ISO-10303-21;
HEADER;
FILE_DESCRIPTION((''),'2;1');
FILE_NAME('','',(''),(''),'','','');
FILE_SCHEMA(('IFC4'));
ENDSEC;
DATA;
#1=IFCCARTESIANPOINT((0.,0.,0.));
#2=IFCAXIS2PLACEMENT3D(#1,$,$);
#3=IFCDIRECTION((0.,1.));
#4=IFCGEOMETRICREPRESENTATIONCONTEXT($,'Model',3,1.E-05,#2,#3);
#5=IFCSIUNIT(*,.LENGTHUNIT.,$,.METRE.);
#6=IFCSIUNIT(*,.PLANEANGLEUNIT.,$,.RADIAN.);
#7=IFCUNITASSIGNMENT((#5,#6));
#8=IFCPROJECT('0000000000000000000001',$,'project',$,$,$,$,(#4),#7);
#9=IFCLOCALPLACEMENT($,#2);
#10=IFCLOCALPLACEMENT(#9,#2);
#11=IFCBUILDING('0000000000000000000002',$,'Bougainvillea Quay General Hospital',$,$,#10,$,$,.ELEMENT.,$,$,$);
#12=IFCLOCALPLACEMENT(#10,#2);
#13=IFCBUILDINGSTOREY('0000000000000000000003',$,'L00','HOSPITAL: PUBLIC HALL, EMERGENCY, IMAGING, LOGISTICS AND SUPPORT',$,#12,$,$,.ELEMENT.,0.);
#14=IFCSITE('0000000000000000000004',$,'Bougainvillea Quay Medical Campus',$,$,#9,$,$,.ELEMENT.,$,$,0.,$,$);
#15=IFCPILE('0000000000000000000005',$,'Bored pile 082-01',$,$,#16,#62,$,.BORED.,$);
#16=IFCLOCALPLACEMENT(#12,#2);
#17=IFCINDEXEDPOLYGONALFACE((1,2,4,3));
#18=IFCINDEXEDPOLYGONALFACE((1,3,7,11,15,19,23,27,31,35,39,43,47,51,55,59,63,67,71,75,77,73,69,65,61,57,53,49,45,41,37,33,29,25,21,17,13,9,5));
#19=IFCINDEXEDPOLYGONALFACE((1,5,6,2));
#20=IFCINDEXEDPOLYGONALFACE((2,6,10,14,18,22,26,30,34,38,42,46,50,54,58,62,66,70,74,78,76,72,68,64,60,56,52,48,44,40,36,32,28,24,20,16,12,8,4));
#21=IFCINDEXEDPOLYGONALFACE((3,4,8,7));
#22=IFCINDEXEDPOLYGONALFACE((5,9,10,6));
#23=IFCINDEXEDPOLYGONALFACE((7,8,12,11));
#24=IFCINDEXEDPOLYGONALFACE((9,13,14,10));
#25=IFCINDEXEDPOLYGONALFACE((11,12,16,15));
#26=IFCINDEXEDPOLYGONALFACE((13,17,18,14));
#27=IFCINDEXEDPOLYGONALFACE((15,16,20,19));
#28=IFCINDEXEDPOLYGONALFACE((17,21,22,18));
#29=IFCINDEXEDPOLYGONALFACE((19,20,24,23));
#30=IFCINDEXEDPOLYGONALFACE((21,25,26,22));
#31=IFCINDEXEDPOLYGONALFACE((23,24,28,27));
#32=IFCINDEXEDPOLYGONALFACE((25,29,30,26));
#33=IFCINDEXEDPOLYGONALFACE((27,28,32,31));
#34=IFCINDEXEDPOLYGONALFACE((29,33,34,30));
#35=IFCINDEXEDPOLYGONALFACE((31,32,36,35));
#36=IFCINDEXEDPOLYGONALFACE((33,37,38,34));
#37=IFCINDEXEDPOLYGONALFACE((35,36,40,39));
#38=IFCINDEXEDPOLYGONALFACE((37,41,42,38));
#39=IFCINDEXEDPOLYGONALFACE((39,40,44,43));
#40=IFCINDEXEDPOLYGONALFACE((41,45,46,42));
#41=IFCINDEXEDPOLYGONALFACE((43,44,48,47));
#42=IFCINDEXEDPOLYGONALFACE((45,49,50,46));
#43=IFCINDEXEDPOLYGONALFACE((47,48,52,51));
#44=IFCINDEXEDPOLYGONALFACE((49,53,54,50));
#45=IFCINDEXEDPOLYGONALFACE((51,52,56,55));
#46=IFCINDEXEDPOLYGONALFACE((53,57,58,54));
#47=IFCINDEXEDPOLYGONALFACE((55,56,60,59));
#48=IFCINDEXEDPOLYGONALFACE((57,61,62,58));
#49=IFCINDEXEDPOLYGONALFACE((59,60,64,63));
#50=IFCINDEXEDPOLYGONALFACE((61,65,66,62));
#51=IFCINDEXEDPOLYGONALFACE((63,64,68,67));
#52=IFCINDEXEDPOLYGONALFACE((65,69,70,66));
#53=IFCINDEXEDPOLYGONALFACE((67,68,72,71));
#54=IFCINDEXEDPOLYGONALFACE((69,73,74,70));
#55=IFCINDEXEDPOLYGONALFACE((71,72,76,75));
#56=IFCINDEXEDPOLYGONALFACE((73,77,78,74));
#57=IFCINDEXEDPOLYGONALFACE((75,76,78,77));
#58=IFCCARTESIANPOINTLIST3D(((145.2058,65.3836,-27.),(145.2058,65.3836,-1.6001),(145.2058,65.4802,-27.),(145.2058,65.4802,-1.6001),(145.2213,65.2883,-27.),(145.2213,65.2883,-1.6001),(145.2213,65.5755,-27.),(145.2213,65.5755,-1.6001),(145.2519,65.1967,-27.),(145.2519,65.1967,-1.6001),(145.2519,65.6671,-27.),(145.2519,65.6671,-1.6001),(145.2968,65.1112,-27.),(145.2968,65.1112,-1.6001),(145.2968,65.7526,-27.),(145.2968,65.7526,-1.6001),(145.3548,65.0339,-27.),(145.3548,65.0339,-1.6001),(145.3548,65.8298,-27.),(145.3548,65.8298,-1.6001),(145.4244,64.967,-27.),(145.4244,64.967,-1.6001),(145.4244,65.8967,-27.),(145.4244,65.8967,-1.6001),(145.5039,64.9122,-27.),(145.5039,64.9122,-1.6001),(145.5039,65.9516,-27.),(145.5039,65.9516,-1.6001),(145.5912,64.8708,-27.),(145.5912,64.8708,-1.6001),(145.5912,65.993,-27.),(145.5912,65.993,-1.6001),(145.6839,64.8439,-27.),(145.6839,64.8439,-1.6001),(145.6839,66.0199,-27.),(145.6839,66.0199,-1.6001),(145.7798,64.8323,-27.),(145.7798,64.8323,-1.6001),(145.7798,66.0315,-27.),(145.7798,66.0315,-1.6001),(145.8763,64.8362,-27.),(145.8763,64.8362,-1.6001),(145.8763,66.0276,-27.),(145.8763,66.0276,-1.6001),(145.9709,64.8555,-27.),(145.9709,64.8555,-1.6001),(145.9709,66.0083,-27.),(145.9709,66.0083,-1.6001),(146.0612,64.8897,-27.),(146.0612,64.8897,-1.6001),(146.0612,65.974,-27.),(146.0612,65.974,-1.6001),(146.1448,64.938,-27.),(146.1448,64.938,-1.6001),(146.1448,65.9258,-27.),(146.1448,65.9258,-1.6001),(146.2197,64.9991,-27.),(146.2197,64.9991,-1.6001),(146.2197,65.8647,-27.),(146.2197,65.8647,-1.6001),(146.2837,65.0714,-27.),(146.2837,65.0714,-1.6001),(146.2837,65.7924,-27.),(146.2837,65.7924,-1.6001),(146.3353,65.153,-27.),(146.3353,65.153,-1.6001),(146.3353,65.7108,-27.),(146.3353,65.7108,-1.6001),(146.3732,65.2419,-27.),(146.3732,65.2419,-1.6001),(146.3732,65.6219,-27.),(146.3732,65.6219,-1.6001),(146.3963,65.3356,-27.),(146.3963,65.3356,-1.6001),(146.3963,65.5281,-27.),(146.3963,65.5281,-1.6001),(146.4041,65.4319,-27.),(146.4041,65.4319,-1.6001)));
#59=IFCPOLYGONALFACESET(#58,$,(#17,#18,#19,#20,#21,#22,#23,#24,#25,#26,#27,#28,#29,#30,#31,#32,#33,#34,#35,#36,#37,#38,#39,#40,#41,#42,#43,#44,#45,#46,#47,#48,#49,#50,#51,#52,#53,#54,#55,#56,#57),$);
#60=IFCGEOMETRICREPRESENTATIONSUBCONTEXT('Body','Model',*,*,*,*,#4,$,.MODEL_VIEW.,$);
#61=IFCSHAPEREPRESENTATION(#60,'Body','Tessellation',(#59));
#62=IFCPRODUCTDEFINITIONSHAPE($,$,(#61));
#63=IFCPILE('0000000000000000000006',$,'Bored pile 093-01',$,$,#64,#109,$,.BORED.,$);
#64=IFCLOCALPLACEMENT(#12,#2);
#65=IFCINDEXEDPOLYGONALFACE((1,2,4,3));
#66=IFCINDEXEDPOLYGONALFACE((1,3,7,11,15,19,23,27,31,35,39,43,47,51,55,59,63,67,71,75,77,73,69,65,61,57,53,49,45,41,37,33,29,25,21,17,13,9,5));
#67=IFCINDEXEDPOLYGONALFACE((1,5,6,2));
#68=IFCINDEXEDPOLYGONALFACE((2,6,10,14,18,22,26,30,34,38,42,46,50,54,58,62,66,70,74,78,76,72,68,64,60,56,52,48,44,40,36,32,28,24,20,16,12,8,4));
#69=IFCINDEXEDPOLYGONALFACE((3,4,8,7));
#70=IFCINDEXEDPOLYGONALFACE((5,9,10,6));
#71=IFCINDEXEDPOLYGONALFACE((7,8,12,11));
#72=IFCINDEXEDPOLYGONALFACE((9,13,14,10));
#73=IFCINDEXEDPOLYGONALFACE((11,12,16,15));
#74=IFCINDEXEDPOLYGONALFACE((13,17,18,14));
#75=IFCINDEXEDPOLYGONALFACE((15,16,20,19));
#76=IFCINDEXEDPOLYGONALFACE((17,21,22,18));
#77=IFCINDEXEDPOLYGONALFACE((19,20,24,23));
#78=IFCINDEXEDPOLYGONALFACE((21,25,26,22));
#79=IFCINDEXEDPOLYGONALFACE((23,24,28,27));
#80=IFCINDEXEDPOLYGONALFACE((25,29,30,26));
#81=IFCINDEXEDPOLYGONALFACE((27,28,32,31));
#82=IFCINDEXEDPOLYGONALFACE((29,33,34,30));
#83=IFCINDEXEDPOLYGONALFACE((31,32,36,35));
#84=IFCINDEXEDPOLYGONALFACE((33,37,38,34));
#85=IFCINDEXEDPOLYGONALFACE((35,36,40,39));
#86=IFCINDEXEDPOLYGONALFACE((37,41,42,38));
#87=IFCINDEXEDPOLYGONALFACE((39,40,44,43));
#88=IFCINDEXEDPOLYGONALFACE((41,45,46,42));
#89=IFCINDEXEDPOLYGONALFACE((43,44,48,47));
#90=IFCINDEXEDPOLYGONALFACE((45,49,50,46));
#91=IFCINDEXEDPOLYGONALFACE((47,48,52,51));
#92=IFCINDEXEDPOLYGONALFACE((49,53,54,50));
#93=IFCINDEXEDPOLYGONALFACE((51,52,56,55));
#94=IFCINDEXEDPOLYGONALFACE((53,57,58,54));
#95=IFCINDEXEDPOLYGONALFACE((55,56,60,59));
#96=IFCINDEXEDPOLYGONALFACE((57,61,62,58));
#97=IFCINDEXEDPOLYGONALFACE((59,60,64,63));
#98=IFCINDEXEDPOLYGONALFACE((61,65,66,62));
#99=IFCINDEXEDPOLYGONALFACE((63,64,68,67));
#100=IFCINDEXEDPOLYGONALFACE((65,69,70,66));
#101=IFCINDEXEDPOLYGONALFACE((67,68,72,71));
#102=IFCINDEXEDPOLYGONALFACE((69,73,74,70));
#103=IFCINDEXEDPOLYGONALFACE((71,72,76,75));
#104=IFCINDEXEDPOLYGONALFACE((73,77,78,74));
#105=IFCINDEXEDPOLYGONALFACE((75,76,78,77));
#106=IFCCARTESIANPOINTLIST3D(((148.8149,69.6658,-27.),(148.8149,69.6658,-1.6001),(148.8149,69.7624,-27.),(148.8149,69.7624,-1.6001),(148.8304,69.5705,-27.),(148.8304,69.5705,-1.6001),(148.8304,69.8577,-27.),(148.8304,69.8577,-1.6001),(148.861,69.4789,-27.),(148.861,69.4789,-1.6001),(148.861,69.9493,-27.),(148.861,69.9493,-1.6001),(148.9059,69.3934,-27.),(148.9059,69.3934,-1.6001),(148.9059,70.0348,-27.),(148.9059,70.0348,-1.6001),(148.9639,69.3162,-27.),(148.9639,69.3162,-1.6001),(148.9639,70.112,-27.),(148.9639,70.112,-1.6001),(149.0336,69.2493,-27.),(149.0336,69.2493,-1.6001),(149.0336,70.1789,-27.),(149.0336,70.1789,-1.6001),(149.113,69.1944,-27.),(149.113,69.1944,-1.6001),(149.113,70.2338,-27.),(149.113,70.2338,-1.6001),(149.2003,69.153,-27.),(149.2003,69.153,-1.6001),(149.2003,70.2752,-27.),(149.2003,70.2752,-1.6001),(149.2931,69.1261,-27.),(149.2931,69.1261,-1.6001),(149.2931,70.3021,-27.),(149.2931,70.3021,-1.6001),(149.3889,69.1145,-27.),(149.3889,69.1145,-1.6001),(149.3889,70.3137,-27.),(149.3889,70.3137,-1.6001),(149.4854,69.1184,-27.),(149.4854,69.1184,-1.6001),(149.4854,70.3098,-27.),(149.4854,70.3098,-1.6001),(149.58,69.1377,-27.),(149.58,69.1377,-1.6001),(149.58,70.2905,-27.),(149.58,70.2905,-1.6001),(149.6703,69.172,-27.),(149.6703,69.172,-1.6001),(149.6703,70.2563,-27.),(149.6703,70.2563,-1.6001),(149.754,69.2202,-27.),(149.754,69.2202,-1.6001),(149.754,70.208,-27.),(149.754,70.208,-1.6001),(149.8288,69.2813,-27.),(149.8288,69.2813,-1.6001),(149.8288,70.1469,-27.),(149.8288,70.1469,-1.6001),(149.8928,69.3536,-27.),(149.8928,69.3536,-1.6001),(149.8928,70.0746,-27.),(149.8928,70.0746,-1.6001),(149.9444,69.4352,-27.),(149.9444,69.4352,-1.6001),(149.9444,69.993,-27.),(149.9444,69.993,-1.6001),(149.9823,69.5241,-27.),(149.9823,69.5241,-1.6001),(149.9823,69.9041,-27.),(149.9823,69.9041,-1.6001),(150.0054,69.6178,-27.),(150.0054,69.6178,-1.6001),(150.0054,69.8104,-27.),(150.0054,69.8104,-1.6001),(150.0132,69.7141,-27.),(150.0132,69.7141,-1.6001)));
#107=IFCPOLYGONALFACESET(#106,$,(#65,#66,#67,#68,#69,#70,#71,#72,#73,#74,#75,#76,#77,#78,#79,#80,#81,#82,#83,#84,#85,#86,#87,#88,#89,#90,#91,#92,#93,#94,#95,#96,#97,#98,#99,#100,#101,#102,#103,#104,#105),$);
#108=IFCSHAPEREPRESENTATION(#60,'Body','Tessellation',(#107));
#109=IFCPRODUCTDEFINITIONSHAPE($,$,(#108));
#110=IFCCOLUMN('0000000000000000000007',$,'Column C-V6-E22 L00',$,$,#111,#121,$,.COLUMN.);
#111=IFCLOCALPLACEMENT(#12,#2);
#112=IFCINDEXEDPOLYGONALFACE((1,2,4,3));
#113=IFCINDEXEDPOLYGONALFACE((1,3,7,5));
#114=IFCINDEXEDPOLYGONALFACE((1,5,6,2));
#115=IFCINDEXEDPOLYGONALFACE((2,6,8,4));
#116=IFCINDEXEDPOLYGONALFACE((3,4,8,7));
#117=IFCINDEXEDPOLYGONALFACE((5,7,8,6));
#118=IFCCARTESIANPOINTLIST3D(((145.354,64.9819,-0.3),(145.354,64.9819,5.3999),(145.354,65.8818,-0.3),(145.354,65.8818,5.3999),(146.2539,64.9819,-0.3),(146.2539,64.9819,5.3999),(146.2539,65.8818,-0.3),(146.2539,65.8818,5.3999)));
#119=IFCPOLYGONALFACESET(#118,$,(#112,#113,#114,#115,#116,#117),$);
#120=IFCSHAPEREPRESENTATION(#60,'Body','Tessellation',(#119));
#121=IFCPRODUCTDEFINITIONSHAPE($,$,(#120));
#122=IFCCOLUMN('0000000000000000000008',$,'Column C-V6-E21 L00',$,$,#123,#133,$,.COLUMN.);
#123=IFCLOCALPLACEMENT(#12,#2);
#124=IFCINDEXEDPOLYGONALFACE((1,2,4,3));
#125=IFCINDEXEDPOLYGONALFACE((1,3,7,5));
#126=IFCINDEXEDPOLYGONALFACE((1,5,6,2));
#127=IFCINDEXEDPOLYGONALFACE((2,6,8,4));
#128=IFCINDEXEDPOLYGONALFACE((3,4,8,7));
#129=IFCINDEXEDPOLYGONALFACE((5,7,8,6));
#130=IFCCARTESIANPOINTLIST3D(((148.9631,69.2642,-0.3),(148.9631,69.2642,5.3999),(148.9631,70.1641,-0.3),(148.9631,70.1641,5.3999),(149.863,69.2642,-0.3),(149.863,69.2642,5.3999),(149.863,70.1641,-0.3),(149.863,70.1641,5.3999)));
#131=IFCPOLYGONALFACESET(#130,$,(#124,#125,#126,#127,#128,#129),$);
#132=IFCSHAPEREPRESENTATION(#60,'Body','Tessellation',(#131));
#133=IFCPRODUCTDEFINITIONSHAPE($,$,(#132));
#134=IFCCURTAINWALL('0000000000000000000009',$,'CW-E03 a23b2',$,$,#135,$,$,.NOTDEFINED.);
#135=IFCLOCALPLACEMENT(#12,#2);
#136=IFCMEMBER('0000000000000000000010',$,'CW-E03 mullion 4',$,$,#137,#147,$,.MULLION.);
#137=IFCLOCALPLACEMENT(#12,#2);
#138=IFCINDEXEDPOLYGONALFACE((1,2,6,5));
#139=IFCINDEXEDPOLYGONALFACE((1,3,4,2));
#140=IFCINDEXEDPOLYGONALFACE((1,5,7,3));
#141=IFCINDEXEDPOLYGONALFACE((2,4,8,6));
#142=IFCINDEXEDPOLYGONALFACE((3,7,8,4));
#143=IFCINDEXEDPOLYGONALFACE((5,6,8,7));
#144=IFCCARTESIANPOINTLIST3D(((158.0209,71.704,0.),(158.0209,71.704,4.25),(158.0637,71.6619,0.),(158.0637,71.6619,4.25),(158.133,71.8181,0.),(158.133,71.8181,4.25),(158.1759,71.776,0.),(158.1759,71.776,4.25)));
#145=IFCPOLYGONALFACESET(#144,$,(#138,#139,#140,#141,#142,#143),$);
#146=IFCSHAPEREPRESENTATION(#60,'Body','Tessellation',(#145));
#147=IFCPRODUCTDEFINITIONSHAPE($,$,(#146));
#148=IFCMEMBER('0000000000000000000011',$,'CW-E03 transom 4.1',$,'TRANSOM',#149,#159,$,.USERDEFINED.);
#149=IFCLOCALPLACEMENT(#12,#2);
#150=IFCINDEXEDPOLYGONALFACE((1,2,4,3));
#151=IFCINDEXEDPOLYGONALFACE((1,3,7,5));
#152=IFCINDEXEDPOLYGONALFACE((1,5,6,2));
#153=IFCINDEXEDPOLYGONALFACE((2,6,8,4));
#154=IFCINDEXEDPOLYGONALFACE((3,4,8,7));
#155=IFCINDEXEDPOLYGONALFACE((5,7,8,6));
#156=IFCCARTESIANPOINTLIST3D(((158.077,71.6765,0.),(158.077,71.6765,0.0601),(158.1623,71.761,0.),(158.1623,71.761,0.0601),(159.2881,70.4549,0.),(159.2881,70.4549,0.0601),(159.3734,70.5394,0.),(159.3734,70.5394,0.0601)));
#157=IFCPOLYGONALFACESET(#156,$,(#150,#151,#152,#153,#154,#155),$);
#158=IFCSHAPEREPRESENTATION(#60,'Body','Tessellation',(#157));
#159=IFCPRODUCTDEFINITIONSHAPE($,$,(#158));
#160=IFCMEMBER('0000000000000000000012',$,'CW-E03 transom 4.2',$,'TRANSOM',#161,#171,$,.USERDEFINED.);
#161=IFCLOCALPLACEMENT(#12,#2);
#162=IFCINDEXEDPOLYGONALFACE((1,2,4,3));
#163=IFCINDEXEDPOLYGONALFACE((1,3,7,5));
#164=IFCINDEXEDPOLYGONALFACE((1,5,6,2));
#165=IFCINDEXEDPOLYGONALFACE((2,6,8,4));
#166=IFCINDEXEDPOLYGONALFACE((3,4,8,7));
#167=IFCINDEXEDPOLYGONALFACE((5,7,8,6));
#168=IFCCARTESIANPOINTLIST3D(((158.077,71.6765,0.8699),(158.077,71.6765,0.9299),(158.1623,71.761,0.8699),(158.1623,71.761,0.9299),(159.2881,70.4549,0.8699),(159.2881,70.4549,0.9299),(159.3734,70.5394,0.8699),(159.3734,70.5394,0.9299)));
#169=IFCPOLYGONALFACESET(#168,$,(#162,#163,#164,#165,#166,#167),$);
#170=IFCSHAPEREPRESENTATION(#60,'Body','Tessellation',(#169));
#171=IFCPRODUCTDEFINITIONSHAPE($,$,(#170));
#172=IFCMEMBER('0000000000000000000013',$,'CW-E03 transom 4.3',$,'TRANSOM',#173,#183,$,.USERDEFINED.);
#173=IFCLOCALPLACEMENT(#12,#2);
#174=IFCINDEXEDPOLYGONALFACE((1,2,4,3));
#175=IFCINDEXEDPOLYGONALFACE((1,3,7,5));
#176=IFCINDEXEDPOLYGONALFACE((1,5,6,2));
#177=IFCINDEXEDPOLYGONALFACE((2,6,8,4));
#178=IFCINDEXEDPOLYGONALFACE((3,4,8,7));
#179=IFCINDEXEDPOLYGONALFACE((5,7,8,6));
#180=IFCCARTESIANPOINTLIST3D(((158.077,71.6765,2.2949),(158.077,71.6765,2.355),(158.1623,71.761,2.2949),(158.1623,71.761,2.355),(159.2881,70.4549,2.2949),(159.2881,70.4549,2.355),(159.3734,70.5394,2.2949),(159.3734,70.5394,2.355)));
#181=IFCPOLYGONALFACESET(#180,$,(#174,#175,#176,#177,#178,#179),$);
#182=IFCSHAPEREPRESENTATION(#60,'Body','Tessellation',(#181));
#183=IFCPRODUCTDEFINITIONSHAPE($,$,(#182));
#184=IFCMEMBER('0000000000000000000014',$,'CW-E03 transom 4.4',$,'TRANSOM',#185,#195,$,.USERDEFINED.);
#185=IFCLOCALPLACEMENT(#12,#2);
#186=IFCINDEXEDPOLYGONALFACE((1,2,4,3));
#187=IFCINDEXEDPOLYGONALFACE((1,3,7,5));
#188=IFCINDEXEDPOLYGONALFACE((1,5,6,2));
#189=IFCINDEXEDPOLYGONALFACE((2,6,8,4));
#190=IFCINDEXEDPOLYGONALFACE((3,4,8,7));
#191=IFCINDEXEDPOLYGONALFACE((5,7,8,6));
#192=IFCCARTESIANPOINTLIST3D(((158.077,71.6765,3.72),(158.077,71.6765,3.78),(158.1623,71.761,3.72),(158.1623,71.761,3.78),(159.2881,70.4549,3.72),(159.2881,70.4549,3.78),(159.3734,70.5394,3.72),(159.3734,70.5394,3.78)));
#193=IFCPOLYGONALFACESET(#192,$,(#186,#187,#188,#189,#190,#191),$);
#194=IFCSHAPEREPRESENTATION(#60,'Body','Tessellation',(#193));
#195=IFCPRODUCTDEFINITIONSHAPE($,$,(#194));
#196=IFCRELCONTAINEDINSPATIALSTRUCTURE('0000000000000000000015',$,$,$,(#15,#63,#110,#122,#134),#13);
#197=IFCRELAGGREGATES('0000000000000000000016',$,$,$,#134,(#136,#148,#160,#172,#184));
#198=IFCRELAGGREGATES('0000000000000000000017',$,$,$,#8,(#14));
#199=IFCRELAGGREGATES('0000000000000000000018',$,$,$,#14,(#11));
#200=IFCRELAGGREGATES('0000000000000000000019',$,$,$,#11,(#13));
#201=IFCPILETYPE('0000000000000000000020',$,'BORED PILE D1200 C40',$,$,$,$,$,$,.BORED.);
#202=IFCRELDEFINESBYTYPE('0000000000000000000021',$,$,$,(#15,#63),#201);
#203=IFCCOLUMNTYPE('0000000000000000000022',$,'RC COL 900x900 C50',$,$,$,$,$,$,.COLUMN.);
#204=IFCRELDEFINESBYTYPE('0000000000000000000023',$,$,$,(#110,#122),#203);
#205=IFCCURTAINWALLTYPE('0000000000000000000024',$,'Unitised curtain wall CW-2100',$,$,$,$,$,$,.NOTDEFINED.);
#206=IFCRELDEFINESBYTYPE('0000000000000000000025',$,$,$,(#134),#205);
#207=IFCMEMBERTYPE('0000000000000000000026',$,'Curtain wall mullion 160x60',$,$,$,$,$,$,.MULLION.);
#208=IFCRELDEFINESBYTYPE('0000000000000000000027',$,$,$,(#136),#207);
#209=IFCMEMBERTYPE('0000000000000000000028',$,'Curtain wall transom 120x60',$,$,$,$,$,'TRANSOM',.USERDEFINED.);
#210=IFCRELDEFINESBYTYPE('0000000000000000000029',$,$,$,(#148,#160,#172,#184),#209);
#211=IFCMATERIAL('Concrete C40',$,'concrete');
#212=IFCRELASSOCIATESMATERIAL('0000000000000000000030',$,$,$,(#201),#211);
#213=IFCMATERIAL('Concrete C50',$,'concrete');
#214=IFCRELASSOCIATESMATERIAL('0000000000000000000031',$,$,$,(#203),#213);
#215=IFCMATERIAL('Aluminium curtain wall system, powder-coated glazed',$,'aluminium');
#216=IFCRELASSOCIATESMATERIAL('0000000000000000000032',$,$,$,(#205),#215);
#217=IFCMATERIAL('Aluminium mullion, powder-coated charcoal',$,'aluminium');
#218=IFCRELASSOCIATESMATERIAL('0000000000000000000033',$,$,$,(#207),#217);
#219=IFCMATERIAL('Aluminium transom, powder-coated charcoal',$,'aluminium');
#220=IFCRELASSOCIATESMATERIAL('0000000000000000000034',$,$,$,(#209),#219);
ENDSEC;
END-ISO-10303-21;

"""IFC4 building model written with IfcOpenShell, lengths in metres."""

from ifc_helpers import new_model, si_unit, direction, frame, origin, origin_2d, place, context, subcontext, project, spatial, rectangle, circle, extrude, material, material_profile, profile_set, type_object, element, aggregate, save


model = new_model("IFC4")

# Units and contexts
model_context = context("Model", 3, precision=1e-05, world=origin(), true_north=direction((0.0, 1.0)))
body_context = subcontext(model_context, "Body", "Model", "MODEL_VIEW")
ifc_project = project(units=[si_unit("LENGTHUNIT", "METRE"), si_unit("PLANEANGLEUNIT", "RADIAN")], contexts=[model_context])

# Site, building, storey
site_placement = place(None, origin())
site = spatial("IfcSite", under=ifc_project, at=site_placement, Name="Bougainvillea Quay Medical Campus", CompositionType="ELEMENT", RefElevation=0.0)
building_placement = place(site_placement, origin())
building = spatial("IfcBuilding", under=site, at=building_placement, Name="Bougainvillea Quay General Hospital", CompositionType="ELEMENT")
storey_placement = place(building_placement, origin())
storey = spatial("IfcBuildingStorey", under=building, at=storey_placement, Name="L00", Description="HOSPITAL: PUBLIC HALL, EMERGENCY, IMAGING, LOGISTICS AND SUPPORT", CompositionType="ELEMENT", Elevation=0.0)

# Piles
ifc_material_1 = material(Name="Concrete C40", Category="concrete")
ifc_material_profile_1 = material_profile(ifc_material_1, circle(Radius=0.6001, at=origin_2d()))
ifc_profile_set_1 = profile_set([ifc_material_profile_1], Name="Concrete C40")
pile_type = type_object("IfcPileType", Name="BORED PILE D1200 C40", PredefinedType="BORED", material=ifc_profile_set_1)
for number, where, z_axis, x_axis, name in (
    (1, (145.804, 65.4319, -1.6001), (0.0, 0.0, -1.0), (1.0, 0.0, 0.0), "Bored pile 082-01"),
    (2, (149.4131, 69.7141, -1.6001), (0.0, 0.0, -1.0), (1.0, 0.0, 0.0), "Bored pile 093-01"),
):
    element("IfcPile", number, at=place(storey_placement, frame(where, z_axis=z_axis, x_axis=x_axis)), inside=storey, type_object=pile_type, Name=name, PredefinedType="BORED", context=body_context, shape_type="SweptSolid", body=[
        extrude(circle(Radius=0.6001, at=origin_2d()), origin(), (0.0, 0.0, 1.0), 25.3999),
    ])

# Columns
ifc_material_2 = material(Name="Concrete C50", Category="concrete")
ifc_material_profile_2 = material_profile(ifc_material_2, rectangle(XDim=0.8999, YDim=0.8999, at=origin_2d()))
ifc_profile_set_2 = profile_set([ifc_material_profile_2], Name="Concrete C50")
column_type = type_object("IfcColumnType", Name="RC COL 900x900 C50", PredefinedType="COLUMN", material=ifc_profile_set_2)
for number, where, z_axis, x_axis, name in (
    (3, (145.804, 65.4319, -0.3), (0.0, 0.0, 1.0), (1.0, 0.0, 0.0), "Column C-V6-E22 L00"),
    (4, (149.4131, 69.7141, -0.3), (0.0, 0.0, 1.0), (1.0, 0.0, 0.0), "Column C-V6-E21 L00"),
):
    element("IfcColumn", number, at=place(storey_placement, frame(where, z_axis=z_axis, x_axis=x_axis)), inside=storey, type_object=column_type, Name=name, PredefinedType="COLUMN", context=body_context, shape_type="SweptSolid", body=[
        extrude(rectangle(XDim=0.8999, YDim=0.8999, at=origin_2d()), origin(), (0.0, 0.0, 1.0), 5.7),
    ])

# Curtain wall, members
ifc_material_3 = material(Name="Aluminium curtain wall system, powder-coated glazed", Category="aluminium")
curtain_wall_type = type_object("IfcCurtainWallType", Name="Unitised curtain wall CW-2100", PredefinedType="NOTDEFINED", material=ifc_material_3)
curtain_wall_placement = place(storey_placement, origin())
curtain_wall = element("IfcCurtainWall", 5, at=curtain_wall_placement, inside=storey, type_object=curtain_wall_type, Name="CW-E03 a23b2", PredefinedType="NOTDEFINED")
ifc_material_4 = material(Name="Aluminium mullion, powder-coated charcoal", Category="aluminium")
ifc_material_profile_3 = material_profile(ifc_material_4, rectangle(XDim=0.1599, YDim=0.0601, at=origin_2d()))
ifc_profile_set_3 = profile_set([ifc_material_profile_3], Name="Aluminium mullion, powder-coated charcoal")
member_type_1 = type_object("IfcMemberType", Name="Curtain wall mullion 160x60", PredefinedType="MULLION", material=ifc_profile_set_3)
member_1_placement = place(storey_placement, frame((158.0984, 71.74, 0.0), z_axis=(0.0, 0.0, 1.0), x_axis=(0.701049, 0.713113, 0.0)))
member_1 = element("IfcMember", 6, at=member_1_placement, type_object=member_type_1, Name="CW-E03 mullion 4", PredefinedType="MULLION", context=body_context, shape_type="SweptSolid", body=[
    extrude(rectangle(XDim=0.1599, YDim=0.0601, at=origin_2d()), origin(), (0.0, 0.0, 1.0), 4.25),
])
ifc_material_5 = material(Name="Aluminium transom, powder-coated charcoal", Category="aluminium")
ifc_material_profile_4 = material_profile(ifc_material_5, rectangle(XDim=0.1201, YDim=0.0601, at=origin_2d()))
ifc_profile_set_4 = profile_set([ifc_material_profile_4], Name="Aluminium transom, powder-coated charcoal")
member_type_2 = type_object("IfcMemberType", Name="Curtain wall transom 120x60", ElementType="TRANSOM", PredefinedType="USERDEFINED", material=ifc_profile_set_4)
member_2_placement = place(storey_placement, frame((158.1196, 71.7188, 0.03), z_axis=(0.704049, -0.710151, 0.0), x_axis=(0.710151, 0.704049, 0.0)))
member_2 = element("IfcMember", 7, at=member_2_placement, type_object=member_type_2, Name="CW-E03 transom 4.1", ObjectType="TRANSOM", PredefinedType="USERDEFINED", context=body_context, shape_type="SweptSolid", body=[
    extrude(rectangle(XDim=0.1201, YDim=0.0601, at=origin_2d()), origin(), (0.0, 0.0, 1.0), 1.7202),
])
member_3_placement = place(storey_placement, frame((158.1196, 71.7188, 0.8999), z_axis=(0.704049, -0.710151, 0.0), x_axis=(0.710151, 0.704049, 0.0)))
member_3 = element("IfcMember", 8, at=member_3_placement, type_object=member_type_2, Name="CW-E03 transom 4.2", ObjectType="TRANSOM", PredefinedType="USERDEFINED", context=body_context, shape_type="SweptSolid", body=[
    extrude(rectangle(XDim=0.1201, YDim=0.0601, at=origin_2d()), origin(), (0.0, 0.0, 1.0), 1.7202),
])
member_4_placement = place(storey_placement, frame((158.1196, 71.7188, 2.325), z_axis=(0.704049, -0.710151, 0.0), x_axis=(0.710151, 0.704049, 0.0)))
member_4 = element("IfcMember", 9, at=member_4_placement, type_object=member_type_2, Name="CW-E03 transom 4.3", ObjectType="TRANSOM", PredefinedType="USERDEFINED", context=body_context, shape_type="SweptSolid", body=[
    extrude(rectangle(XDim=0.1201, YDim=0.0601, at=origin_2d()), origin(), (0.0, 0.0, 1.0), 1.7202),
])
member_5_placement = place(storey_placement, frame((158.1196, 71.7188, 3.75), z_axis=(0.704049, -0.710151, 0.0), x_axis=(0.710151, 0.704049, 0.0)))
member_5 = element("IfcMember", 10, at=member_5_placement, type_object=member_type_2, Name="CW-E03 transom 4.4", ObjectType="TRANSOM", PredefinedType="USERDEFINED", context=body_context, shape_type="SweptSolid", body=[
    extrude(rectangle(XDim=0.1201, YDim=0.0601, at=origin_2d()), origin(), (0.0, 0.0, 1.0), 1.7202),
])
aggregate(curtain_wall, [member_1, member_2, member_3, member_4, member_5])

save(model, "model.ifc")
